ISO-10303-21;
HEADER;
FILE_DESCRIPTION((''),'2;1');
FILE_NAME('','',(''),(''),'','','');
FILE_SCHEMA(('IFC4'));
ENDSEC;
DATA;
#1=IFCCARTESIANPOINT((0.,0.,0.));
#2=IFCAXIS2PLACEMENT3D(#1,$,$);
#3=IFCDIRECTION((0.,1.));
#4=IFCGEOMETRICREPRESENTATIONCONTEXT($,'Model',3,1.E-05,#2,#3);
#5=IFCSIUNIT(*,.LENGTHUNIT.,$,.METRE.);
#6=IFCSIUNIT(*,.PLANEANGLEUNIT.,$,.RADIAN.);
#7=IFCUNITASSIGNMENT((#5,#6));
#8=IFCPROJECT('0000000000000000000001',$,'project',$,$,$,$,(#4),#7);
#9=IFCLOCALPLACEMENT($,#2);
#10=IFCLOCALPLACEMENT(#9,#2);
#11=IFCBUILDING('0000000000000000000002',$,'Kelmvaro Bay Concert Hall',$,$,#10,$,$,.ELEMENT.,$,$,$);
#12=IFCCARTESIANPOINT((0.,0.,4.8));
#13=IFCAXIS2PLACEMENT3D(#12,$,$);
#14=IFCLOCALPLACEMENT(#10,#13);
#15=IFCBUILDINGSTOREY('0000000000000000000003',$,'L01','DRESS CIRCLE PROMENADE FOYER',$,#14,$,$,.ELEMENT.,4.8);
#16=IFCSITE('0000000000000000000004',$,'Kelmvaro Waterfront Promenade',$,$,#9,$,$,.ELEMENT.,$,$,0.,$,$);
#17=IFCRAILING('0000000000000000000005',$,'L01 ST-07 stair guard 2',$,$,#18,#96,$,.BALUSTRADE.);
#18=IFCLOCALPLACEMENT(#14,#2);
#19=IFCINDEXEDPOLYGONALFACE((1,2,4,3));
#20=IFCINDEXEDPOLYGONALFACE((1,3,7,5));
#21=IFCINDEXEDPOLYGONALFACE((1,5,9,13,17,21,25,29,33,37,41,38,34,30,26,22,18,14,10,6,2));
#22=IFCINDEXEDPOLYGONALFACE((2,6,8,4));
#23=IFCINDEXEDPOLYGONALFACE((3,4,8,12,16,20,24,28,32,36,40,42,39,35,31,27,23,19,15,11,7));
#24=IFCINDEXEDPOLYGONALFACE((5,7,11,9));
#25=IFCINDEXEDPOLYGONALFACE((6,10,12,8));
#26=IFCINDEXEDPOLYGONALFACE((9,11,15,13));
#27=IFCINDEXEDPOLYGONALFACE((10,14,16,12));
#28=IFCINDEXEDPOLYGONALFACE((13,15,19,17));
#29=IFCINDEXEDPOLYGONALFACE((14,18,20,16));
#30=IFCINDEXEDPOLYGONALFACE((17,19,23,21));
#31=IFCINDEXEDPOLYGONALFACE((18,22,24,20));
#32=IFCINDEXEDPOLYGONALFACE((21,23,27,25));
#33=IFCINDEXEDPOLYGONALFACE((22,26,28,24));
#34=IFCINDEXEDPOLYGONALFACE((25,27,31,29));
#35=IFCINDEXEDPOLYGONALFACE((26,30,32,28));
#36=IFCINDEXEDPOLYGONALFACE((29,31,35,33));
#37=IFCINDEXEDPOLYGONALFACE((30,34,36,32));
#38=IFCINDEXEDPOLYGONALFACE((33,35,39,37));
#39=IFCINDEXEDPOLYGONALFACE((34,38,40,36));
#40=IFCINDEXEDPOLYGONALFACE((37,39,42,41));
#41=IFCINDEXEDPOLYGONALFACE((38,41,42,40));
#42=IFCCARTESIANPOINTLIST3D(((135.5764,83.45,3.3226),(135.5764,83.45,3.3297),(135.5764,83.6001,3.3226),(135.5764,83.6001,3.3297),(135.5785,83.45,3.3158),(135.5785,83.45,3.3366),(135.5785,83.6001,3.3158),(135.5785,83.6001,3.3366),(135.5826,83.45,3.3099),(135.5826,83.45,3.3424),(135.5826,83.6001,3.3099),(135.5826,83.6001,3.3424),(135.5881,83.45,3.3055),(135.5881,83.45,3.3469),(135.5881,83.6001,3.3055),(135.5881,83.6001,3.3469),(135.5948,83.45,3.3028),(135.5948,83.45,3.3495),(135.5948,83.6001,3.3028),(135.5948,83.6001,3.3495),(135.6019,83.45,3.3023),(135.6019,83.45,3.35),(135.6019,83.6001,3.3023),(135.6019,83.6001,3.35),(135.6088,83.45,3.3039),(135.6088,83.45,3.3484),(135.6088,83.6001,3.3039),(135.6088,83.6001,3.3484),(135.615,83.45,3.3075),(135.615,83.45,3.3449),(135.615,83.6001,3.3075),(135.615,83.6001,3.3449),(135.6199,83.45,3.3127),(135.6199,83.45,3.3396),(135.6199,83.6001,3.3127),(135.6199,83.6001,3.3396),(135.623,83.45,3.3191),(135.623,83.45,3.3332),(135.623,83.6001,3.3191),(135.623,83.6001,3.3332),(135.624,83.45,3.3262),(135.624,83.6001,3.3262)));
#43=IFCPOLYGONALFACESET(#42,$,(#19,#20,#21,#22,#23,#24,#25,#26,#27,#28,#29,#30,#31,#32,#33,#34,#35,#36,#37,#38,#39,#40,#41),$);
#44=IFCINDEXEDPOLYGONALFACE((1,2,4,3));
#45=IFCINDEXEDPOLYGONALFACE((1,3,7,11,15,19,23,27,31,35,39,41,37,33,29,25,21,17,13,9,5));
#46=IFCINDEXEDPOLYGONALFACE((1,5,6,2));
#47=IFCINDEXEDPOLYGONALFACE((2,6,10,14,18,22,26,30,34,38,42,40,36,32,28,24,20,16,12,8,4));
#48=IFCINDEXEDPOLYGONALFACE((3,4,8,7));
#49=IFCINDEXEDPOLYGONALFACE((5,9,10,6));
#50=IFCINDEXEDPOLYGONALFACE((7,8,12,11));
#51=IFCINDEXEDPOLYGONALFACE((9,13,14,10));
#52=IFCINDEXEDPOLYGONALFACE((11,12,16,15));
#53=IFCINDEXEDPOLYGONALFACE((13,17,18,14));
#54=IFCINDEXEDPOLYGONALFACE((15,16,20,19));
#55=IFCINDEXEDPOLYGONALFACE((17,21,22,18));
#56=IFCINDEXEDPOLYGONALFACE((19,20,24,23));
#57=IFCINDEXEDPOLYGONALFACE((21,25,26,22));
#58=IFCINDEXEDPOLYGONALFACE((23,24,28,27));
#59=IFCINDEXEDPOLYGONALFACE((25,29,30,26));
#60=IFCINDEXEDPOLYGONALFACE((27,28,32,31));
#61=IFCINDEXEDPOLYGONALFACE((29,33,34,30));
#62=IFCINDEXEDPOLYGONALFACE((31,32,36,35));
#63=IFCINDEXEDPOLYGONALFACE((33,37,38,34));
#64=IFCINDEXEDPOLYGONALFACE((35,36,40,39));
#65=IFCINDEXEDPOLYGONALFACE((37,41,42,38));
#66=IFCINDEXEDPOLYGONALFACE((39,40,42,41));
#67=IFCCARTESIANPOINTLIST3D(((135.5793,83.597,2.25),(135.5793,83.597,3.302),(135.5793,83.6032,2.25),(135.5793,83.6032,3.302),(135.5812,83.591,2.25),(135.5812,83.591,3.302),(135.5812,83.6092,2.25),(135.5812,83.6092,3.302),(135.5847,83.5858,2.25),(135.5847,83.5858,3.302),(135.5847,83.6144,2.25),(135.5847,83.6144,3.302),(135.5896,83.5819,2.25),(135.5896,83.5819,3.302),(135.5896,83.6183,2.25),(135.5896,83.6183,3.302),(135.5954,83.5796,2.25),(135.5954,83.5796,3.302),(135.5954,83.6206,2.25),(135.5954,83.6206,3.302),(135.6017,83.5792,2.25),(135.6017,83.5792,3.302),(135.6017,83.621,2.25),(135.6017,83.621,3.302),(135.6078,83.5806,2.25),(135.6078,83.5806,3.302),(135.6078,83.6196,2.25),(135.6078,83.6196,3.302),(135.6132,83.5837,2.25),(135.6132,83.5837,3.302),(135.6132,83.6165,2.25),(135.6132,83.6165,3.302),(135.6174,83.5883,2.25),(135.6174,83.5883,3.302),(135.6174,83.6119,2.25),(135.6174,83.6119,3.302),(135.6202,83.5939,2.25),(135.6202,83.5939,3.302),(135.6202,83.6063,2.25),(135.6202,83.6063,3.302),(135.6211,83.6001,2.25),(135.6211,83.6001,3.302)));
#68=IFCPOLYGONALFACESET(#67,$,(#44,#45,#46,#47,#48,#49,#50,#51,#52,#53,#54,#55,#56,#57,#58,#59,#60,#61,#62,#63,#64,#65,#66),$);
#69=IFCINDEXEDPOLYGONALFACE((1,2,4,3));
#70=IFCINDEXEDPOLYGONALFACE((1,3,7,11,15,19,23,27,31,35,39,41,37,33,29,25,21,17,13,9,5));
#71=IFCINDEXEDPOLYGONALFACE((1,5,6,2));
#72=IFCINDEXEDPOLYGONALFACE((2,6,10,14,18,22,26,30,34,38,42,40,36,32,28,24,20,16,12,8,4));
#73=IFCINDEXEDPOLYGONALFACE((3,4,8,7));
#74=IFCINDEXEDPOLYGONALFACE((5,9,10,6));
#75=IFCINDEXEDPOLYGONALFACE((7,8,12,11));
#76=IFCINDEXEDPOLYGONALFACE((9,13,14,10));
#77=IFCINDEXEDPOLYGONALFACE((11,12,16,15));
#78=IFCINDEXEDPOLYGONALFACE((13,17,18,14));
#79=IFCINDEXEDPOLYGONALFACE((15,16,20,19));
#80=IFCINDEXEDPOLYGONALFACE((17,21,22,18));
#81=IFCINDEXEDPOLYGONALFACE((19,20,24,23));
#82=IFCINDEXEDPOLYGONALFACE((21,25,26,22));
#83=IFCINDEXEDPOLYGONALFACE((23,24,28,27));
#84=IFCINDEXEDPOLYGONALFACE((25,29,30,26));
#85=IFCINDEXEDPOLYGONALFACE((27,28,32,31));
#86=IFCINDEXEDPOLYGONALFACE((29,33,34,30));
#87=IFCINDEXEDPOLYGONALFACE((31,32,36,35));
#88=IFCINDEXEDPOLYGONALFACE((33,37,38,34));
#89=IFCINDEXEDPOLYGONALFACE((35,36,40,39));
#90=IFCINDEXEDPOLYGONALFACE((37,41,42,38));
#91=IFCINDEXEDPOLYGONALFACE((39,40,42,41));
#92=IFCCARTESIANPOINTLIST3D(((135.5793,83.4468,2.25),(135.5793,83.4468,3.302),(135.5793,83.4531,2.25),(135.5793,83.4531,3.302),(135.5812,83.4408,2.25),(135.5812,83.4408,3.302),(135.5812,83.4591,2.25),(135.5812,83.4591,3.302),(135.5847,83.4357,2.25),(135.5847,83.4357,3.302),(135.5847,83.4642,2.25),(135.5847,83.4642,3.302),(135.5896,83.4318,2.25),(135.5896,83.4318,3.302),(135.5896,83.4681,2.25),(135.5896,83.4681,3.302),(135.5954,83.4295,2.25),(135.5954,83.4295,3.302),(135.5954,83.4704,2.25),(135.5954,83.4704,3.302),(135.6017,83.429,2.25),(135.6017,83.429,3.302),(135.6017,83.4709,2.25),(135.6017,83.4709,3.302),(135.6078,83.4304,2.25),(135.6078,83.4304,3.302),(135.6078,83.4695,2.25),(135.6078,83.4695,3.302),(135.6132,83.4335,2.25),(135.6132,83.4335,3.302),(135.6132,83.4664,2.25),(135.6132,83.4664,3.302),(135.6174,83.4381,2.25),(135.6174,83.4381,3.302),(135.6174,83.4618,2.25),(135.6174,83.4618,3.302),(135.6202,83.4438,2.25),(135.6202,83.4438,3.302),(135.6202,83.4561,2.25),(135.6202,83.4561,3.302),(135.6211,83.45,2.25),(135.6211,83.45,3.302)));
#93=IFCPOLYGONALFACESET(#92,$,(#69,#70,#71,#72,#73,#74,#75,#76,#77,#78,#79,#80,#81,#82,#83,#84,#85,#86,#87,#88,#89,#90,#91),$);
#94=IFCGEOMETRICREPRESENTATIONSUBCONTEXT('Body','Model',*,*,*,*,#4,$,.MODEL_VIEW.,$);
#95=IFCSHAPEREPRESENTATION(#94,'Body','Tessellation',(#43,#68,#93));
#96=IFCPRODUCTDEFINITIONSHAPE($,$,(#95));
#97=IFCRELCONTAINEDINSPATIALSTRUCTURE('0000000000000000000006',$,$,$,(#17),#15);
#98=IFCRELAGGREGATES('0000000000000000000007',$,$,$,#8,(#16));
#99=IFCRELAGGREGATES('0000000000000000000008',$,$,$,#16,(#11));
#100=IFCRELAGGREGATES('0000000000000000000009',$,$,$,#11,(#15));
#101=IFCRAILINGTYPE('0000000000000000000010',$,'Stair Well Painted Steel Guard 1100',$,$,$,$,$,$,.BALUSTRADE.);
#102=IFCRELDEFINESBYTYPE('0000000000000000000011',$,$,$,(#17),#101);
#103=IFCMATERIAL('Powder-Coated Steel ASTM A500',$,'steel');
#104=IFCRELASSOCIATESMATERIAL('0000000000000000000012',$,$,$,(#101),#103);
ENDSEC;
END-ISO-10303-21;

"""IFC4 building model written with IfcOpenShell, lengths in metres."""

from ifc_helpers import new_model, si_unit, direction, frame, origin, origin_2d, place, context, subcontext, project, spatial, circle, extrude, material, type_object, element, save


model = new_model("IFC4")

# Units and contexts
model_context = context("Model", 3, precision=1e-05, world=origin(), true_north=direction((0.0, 1.0)))
body_context = subcontext(model_context, "Body", "Model", "MODEL_VIEW")
ifc_project = project(units=[si_unit("LENGTHUNIT", "METRE"), si_unit("PLANEANGLEUNIT", "RADIAN")], contexts=[model_context])

# Site, building, storey
site_placement = place(None, origin())
site = spatial("IfcSite", under=ifc_project, at=site_placement, Name="Kelmvaro Waterfront Promenade", CompositionType="ELEMENT", RefElevation=0.0)
building_placement = place(site_placement, origin())
building = spatial("IfcBuilding", under=site, at=building_placement, Name="Kelmvaro Bay Concert Hall", CompositionType="ELEMENT")
storey_placement = place(building_placement, frame((0.0, 0.0, 4.8)))
storey = spatial("IfcBuildingStorey", under=building, at=storey_placement, Name="L01", Description="DRESS CIRCLE PROMENADE FOYER", CompositionType="ELEMENT", Elevation=4.8)

# Railing
ifc_material_1 = material(Name="Powder-Coated Steel ASTM A500", Category="steel")
railing_type_1 = type_object("IfcRailingType", Name="Stair Well Painted Steel Guard 1100", PredefinedType="BALUSTRADE", material=ifc_material_1)
railing_1_placement = place(storey_placement, frame((135.6001, 83.6001, 2.25)))
element("IfcRailing", 1, at=railing_1_placement, inside=storey, type_object=railing_type_1, Name="L01 ST-07 stair guard 2", PredefinedType="BALUSTRADE", context=body_context, shape_type="SweptSolid", body=[
    extrude(circle(Radius=0.0239, at=origin_2d()), frame((0.0, 0.0, 1.0762), z_axis=(0.0, -1.0, 0.0), x_axis=(1.0, 0.0, 0.0)), (0.0, 0.0, 1.0), 0.1501),
    extrude(circle(Radius=0.021, at=origin_2d()), origin(), (0.0, 0.0, 1.0), 1.052),
    extrude(circle(Radius=0.021, at=origin_2d()), frame((0.0, -0.1501, 0.0)), (0.0, 0.0, 1.0), 1.052),
])

save(model, "model.ifc")
